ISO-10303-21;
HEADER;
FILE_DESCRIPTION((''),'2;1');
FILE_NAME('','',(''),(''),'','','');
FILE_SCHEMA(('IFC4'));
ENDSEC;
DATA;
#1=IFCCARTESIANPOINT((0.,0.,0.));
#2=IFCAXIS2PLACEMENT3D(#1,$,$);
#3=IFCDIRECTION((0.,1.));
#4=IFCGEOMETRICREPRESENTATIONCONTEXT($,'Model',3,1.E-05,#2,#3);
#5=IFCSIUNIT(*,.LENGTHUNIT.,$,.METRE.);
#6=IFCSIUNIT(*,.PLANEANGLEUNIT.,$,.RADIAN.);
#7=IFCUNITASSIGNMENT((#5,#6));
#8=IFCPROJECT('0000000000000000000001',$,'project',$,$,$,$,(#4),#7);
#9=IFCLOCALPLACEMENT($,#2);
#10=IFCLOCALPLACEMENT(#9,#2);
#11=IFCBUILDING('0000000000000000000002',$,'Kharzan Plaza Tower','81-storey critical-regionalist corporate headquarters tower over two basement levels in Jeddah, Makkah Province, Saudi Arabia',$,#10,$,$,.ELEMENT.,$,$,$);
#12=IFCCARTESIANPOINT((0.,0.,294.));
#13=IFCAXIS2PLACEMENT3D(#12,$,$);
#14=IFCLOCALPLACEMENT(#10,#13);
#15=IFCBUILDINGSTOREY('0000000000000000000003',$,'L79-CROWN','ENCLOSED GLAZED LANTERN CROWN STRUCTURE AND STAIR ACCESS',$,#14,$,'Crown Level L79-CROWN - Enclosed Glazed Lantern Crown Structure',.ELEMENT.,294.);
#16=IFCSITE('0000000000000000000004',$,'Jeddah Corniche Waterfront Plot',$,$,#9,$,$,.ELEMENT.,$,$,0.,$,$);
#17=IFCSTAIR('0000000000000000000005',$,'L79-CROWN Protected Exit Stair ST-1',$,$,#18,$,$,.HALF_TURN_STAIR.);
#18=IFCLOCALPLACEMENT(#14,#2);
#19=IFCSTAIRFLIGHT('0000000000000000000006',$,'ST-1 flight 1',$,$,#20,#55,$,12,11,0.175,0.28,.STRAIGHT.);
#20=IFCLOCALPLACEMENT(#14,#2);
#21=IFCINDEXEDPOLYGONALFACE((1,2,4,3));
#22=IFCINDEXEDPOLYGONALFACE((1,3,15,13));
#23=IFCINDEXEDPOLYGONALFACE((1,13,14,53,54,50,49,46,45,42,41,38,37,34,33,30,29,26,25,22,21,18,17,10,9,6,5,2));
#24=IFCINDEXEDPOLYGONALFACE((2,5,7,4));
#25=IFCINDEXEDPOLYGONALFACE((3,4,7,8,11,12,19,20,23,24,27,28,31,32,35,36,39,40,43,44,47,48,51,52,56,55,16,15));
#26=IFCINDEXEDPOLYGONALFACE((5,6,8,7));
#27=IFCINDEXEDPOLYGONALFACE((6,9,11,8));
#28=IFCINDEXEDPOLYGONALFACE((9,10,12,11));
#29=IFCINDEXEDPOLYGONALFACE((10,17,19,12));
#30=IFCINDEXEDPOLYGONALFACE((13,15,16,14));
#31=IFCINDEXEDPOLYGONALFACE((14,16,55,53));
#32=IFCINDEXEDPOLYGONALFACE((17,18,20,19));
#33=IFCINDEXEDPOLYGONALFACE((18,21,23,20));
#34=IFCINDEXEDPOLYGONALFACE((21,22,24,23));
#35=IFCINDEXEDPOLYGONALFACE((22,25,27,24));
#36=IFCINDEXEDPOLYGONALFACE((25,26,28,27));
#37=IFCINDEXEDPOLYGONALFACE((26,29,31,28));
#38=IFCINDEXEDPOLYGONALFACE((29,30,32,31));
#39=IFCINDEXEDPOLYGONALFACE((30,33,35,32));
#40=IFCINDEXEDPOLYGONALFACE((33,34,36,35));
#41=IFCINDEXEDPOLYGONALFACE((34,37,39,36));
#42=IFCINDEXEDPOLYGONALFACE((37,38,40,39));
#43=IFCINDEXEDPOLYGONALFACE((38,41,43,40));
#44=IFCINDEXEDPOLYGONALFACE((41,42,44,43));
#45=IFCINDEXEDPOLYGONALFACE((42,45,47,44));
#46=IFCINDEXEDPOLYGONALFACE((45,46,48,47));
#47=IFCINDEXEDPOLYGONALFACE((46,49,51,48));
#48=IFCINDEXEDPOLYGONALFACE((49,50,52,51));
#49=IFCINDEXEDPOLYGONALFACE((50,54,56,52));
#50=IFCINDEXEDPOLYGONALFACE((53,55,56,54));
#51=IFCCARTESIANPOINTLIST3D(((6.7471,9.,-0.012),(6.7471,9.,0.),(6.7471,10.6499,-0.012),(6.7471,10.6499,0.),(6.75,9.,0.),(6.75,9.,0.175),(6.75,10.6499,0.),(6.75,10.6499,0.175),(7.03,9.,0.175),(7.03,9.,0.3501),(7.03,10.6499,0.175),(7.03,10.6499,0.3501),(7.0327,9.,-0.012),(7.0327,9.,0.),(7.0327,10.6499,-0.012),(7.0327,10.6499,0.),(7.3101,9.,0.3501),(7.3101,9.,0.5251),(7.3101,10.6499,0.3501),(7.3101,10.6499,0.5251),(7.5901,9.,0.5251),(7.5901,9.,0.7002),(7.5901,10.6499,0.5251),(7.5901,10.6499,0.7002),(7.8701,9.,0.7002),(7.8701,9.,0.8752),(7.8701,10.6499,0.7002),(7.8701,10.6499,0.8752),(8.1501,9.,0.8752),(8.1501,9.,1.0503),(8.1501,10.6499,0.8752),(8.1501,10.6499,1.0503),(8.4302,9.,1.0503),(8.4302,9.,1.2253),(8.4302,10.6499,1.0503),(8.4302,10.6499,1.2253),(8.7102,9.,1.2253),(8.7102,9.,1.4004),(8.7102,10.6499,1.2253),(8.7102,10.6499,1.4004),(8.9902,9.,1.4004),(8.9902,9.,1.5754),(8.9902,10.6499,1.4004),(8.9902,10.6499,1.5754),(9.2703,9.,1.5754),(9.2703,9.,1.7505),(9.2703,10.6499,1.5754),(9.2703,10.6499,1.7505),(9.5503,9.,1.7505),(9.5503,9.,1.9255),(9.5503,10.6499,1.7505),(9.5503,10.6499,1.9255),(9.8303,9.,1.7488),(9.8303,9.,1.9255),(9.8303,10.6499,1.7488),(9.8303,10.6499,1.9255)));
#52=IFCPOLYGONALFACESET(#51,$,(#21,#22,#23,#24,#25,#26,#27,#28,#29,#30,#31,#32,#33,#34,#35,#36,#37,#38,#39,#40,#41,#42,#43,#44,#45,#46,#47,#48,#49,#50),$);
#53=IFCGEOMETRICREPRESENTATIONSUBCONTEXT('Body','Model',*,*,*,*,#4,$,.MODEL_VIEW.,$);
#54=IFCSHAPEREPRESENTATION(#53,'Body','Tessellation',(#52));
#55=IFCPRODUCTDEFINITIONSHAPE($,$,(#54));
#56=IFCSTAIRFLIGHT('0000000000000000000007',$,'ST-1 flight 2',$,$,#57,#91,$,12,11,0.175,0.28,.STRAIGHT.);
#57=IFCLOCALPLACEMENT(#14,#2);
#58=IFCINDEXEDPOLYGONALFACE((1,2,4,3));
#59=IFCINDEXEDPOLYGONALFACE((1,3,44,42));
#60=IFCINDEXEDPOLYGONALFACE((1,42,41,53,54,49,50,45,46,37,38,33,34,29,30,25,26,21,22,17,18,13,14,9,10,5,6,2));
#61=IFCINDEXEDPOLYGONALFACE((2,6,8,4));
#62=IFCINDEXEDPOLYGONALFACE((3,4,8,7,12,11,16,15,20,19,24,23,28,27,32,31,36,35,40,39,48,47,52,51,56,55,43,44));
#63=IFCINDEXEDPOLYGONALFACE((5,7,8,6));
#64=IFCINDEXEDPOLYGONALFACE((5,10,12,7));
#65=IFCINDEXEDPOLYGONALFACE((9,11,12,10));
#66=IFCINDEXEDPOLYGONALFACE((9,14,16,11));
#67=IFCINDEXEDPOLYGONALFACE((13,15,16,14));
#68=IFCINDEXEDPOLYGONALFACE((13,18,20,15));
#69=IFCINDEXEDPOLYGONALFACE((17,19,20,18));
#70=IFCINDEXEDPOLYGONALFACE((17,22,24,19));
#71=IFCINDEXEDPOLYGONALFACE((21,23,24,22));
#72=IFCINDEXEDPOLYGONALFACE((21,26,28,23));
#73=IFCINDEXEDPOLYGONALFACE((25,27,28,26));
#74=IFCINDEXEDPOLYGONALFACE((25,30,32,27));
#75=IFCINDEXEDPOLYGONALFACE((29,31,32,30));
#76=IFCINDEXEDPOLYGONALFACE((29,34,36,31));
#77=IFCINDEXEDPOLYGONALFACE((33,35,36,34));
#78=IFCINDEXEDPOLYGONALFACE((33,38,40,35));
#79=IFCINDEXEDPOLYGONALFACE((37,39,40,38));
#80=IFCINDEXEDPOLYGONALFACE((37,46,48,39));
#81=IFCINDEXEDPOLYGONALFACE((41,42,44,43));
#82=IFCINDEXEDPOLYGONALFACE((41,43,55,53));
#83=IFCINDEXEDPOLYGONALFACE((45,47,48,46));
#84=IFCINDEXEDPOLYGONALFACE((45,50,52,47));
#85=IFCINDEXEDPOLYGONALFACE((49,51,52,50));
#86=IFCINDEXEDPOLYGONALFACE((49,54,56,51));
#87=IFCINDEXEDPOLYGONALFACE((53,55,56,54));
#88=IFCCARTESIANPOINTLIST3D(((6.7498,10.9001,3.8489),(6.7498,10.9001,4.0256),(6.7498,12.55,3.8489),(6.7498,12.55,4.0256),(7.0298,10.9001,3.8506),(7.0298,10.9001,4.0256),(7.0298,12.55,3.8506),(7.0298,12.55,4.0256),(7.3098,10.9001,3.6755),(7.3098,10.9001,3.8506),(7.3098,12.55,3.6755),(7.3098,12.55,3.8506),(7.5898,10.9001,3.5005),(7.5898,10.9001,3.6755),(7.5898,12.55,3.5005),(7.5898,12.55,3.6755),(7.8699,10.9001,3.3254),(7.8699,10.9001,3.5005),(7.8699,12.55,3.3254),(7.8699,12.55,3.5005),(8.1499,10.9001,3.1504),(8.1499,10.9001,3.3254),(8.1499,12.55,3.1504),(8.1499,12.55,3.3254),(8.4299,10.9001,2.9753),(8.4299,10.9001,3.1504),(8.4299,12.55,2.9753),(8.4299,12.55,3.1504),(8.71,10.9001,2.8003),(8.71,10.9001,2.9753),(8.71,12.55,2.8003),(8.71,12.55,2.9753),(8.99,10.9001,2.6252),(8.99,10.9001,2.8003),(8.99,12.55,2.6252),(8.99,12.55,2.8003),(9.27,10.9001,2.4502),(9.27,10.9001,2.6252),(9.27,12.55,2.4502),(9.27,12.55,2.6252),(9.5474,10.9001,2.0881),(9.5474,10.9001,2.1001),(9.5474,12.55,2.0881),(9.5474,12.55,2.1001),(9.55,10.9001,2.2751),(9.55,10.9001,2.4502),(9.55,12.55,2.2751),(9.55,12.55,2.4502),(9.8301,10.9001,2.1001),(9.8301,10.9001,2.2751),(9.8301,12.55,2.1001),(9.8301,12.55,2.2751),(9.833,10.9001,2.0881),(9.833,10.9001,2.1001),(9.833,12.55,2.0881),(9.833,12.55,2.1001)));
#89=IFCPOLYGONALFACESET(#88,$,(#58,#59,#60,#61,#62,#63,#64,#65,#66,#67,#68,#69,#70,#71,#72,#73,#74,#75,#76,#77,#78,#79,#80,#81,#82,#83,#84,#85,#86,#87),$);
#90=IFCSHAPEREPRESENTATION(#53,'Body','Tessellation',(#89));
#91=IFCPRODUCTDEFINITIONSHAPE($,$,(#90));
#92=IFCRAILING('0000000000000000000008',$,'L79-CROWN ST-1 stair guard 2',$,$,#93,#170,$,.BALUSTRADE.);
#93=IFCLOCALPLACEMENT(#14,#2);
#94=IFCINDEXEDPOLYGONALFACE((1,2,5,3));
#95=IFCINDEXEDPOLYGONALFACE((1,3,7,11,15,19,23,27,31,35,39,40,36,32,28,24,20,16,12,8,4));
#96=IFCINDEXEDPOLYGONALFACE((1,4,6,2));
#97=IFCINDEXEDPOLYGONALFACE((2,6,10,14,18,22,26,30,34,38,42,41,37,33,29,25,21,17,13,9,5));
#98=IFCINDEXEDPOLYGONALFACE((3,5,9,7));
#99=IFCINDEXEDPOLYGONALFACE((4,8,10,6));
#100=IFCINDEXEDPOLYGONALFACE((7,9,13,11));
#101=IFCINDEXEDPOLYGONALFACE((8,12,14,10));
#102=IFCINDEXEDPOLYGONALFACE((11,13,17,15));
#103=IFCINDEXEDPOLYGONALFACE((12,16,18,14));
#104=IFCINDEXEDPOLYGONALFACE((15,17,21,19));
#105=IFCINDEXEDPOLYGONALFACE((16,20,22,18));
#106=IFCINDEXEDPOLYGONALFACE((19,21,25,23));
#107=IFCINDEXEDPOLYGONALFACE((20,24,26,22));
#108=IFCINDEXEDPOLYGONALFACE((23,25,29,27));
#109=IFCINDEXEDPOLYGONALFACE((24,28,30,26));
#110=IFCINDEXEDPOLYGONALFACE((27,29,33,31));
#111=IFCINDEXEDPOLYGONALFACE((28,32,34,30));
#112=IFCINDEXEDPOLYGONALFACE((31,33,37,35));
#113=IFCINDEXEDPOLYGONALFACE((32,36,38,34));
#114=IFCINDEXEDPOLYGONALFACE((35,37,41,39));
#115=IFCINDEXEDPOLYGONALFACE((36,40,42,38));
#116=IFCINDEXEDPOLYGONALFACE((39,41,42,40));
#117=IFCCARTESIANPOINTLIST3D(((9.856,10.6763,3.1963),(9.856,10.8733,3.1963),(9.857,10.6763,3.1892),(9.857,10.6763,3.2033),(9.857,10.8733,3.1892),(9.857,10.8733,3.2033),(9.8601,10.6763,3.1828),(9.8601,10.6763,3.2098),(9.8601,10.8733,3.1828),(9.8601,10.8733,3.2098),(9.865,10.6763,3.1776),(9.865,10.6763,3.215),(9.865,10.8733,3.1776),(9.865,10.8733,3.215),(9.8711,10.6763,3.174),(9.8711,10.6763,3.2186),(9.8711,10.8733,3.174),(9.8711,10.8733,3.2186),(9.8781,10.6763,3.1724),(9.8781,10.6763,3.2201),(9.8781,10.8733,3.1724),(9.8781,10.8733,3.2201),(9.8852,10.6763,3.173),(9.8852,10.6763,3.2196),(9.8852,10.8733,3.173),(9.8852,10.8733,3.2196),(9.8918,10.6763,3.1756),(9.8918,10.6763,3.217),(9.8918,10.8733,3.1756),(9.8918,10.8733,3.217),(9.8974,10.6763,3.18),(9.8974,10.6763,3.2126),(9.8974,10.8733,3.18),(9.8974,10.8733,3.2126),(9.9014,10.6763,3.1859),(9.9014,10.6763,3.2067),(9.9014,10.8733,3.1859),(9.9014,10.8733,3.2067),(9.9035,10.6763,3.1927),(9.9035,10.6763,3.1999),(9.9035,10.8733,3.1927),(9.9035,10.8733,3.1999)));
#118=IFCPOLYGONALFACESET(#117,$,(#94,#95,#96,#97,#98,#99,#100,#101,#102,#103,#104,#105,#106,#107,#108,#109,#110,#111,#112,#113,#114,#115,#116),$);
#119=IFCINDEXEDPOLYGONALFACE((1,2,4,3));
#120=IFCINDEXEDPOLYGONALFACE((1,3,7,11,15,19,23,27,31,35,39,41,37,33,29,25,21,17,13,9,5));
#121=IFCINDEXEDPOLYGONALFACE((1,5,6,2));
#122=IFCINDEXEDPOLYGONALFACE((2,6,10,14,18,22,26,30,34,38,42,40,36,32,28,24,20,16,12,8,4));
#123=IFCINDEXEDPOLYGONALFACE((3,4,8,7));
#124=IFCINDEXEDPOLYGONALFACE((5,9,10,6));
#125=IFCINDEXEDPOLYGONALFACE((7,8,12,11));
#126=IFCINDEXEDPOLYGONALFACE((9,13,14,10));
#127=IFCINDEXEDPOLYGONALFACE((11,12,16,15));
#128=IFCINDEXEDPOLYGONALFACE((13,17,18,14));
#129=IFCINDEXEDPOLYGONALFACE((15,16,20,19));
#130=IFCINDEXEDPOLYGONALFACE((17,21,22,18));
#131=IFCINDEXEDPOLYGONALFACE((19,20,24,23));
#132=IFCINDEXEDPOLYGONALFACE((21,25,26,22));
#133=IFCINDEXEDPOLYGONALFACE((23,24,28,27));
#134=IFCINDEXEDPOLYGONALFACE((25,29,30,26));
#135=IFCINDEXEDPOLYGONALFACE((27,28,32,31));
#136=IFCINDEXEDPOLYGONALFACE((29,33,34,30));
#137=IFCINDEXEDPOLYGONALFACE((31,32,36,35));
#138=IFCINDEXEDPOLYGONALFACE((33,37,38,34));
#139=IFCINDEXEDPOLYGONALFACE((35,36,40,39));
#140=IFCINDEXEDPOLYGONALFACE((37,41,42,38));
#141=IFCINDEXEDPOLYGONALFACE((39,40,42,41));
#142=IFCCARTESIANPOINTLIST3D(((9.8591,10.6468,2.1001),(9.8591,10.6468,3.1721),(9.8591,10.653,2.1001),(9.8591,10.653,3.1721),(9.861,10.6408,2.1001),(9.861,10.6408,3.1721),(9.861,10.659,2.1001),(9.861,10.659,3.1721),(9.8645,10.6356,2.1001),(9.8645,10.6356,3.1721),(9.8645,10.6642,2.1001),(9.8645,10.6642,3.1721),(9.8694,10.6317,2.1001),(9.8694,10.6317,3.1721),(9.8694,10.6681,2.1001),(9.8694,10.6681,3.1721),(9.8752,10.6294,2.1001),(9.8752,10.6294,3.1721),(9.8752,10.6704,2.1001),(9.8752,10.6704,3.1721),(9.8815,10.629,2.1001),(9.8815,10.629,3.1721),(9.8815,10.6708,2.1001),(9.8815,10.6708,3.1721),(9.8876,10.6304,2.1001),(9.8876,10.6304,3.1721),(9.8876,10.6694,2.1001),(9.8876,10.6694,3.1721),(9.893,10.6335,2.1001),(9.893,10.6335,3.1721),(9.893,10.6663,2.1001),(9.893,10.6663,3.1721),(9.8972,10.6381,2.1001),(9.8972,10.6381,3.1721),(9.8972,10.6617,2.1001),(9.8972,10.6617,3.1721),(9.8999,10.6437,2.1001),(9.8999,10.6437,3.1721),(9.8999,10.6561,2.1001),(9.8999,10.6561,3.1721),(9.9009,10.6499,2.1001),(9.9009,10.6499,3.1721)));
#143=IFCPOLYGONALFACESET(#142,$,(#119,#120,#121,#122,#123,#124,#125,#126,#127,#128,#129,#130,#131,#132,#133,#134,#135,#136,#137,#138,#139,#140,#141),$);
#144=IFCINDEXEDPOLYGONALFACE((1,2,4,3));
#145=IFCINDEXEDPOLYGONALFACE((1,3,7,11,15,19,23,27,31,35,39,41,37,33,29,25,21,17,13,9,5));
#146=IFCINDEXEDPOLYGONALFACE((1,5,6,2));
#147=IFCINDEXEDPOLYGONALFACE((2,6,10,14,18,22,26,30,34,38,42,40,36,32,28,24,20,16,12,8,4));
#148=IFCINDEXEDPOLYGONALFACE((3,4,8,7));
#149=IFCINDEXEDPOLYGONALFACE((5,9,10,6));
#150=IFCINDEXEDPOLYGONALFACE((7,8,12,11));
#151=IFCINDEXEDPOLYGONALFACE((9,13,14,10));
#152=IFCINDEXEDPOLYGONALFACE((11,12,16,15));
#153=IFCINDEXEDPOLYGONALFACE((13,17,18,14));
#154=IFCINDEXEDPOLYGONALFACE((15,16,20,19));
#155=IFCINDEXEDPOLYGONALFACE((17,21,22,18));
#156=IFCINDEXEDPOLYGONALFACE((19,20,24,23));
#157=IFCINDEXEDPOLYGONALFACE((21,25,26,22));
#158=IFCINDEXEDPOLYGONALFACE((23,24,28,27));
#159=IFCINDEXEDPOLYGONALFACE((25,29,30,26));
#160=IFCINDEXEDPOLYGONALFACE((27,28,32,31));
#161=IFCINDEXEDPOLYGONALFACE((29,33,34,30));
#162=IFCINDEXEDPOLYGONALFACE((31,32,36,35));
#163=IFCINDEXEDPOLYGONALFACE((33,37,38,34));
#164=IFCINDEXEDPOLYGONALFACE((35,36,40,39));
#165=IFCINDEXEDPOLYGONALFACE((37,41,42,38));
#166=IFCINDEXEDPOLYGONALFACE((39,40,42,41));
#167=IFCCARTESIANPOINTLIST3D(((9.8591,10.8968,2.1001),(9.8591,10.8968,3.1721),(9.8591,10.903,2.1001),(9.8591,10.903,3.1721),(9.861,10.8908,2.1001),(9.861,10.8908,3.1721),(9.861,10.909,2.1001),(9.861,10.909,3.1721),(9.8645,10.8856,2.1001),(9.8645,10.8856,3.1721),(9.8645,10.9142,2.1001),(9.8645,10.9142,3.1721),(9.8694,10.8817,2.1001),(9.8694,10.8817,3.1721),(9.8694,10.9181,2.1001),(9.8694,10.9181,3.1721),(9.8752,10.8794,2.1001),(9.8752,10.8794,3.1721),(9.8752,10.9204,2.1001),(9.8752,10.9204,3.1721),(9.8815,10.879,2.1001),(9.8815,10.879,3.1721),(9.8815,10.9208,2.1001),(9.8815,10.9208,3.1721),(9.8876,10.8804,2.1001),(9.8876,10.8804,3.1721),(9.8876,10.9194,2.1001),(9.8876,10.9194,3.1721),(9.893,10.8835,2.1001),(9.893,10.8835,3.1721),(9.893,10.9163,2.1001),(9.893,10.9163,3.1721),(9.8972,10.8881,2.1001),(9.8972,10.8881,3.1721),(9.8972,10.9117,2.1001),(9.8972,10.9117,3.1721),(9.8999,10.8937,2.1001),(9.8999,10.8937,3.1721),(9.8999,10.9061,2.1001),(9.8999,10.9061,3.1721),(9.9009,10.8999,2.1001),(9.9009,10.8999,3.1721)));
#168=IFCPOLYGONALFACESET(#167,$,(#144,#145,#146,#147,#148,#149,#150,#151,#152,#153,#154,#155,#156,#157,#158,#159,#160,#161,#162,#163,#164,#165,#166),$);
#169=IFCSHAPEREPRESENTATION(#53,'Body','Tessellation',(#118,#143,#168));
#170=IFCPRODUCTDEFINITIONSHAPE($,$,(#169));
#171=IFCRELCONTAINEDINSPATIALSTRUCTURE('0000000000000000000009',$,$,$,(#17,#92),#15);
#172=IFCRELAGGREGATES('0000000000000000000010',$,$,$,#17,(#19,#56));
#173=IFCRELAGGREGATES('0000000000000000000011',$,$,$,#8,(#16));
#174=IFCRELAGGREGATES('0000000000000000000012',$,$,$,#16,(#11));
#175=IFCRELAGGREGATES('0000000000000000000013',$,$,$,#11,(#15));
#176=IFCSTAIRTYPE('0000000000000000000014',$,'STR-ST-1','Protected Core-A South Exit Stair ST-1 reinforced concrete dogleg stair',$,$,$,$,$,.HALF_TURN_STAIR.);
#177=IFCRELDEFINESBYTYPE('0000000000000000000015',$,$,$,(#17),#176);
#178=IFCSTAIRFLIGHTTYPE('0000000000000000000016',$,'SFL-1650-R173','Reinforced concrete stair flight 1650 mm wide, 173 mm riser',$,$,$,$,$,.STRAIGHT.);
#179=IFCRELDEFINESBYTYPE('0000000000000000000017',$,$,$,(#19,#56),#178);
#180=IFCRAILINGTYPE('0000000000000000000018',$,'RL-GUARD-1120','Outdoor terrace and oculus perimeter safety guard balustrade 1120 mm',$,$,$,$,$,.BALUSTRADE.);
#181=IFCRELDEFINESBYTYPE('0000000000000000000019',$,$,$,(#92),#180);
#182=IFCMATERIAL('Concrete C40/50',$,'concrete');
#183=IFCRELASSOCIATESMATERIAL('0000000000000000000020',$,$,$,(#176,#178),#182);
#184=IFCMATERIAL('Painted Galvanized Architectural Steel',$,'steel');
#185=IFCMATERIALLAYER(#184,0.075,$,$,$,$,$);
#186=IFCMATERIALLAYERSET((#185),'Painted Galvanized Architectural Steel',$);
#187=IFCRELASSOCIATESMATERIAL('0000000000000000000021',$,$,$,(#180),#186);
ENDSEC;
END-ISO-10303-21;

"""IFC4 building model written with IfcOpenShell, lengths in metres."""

from ifc_helpers import new_model, si_unit, direction, frame, origin, origin_2d, place, context, subcontext, project, spatial, polyline, circle, outline, extrude, source, transform, mapped, material, layer, layer_set, type_object, element, aggregate, save


model = new_model("IFC4")

# Units and contexts
model_context = context("Model", 3, precision=1e-05, world=origin(), true_north=direction((0.0, 1.0)))
body_context = subcontext(model_context, "Body", "Model", "MODEL_VIEW")
ifc_project = project(units=[si_unit("LENGTHUNIT", "METRE"), si_unit("PLANEANGLEUNIT", "RADIAN")], contexts=[model_context])

# Site, building, storey
site_placement = place(None, origin())
site = spatial("IfcSite", under=ifc_project, at=site_placement, Name="Jeddah Corniche Waterfront Plot", CompositionType="ELEMENT", RefElevation=0.0)
building_placement = place(site_placement, origin())
building = spatial("IfcBuilding", under=site, at=building_placement, Name="Kharzan Plaza Tower", Description="81-storey critical-regionalist corporate headquarters tower over two basement levels in Jeddah, Makkah Province, Saudi Arabia", CompositionType="ELEMENT")
storey_placement = place(building_placement, frame((0.0, 0.0, 294.0)))
storey = spatial("IfcBuildingStorey", under=building, at=storey_placement, Name="L79-CROWN", Description="ENCLOSED GLAZED LANTERN CROWN STRUCTURE AND STAIR ACCESS", LongName="Crown Level L79-CROWN - Enclosed Glazed Lantern Crown Structure", CompositionType="ELEMENT", Elevation=294.0)

# Shared definitions
ifc_material_1 = material(Name="Concrete C40/50", Category="concrete")

# Stair, stair flights
stair_type = type_object("IfcStairType", Name="STR-ST-1", Description="Protected Core-A South Exit Stair ST-1 reinforced concrete dogleg stair", PredefinedType="HALF_TURN_STAIR", material=ifc_material_1)
stair_placement = place(storey_placement, origin())
stair = element("IfcStair", 1, at=stair_placement, inside=storey, type_object=stair_type, Name="L79-CROWN Protected Exit Stair ST-1", PredefinedType="HALF_TURN_STAIR")
stair_flight_type = type_object("IfcStairFlightType", Name="SFL-1650-R173", Description="Reinforced concrete stair flight 1650 mm wide, 173 mm riser", PredefinedType="STRAIGHT", material=ifc_material_1)
shared_shape_1 = source(origin(), body_context, "Body", "SweptSolid", [
    extrude(outline(polyline([(-0.0029, -0.012), (-0.0029, 0.0), (0.0, 0.0), (0.0, 0.175), (0.28, 0.175), (0.28, 0.3501), (0.5601, 0.3501), (0.5601, 0.5251), (0.8401, 0.5251), (0.8401, 0.7002), (1.1201, 0.7002), (1.1201, 0.8752), (1.4001, 0.8752), (1.4001, 1.0503), (1.6802, 1.0503), (1.6802, 1.2253), (1.9602, 1.2253), (1.9602, 1.4004), (2.2402, 1.4004), (2.2402, 1.5754), (2.5203, 1.5754), (2.5203, 1.7505), (2.8003, 1.7505), (2.8003, 1.9255), (3.0803, 1.9255), (3.0803, 2.1006), (3.0803, 1.7488), (0.2827, 0.0), (0.2827, -0.012), (-0.0029, -0.012)])), frame((0.0, 0.825, 0.0), z_axis=(0.0, -1.0, 0.0), x_axis=(1.0, 0.0, 0.0)), (0.0, 0.0, 1.0), 1.6499),
])
stair_flight_1_placement = place(storey_placement, frame((6.75, 9.825, 0.0), z_axis=(0.0, 0.0, 1.0), x_axis=(1.0, 0.0, 0.0)))
stair_flight_1 = element("IfcStairFlight", 2, at=stair_flight_1_placement, type_object=stair_flight_type, Name="ST-1 flight 1", NumberOfRisers=12, NumberOfTreads=11, PredefinedType="STRAIGHT", RiserHeight=0.175, TreadLength=0.28, context=body_context, shape_type="MappedRepresentation", body=[
    mapped(shared_shape_1, transform((0.0, 0.0, 0.0), x_axis=(1.0, 0.0, 0.0), y_axis=(0.0, 1.0, 0.0), z_axis=(0.0, 0.0, 1.0))),
])
stair_flight_2_placement = place(storey_placement, frame((9.8301, 11.7251, 2.1001), z_axis=(0.0, 0.0, 1.0), x_axis=(-1.0, 0.0, 0.0)))
stair_flight_2 = element("IfcStairFlight", 3, at=stair_flight_2_placement, type_object=stair_flight_type, Name="ST-1 flight 2", NumberOfRisers=12, NumberOfTreads=11, PredefinedType="STRAIGHT", RiserHeight=0.175, TreadLength=0.28, context=body_context, shape_type="MappedRepresentation", body=[
    mapped(shared_shape_1, transform((0.0, 0.0, 0.0), x_axis=(1.0, 0.0, 0.0), y_axis=(0.0, 1.0, 0.0), z_axis=(0.0, 0.0, 1.0))),
])
aggregate(stair, [stair_flight_1, stair_flight_2])

# Railing
ifc_material_2 = material(Name="Painted Galvanized Architectural Steel", Category="steel")
ifc_layer_1 = layer(ifc_material_2, 0.075)
ifc_layer_set_1 = layer_set([ifc_layer_1], Name="Painted Galvanized Architectural Steel")
railing_type_1 = type_object("IfcRailingType", Name="RL-GUARD-1120", Description="Outdoor terrace and oculus perimeter safety guard balustrade 1120 mm", PredefinedType="BALUSTRADE", material=ifc_layer_set_1)
shared_shape_2 = source(origin(), body_context, "Body", "SweptSolid", [
    extrude(circle(Radius=0.0239, at=origin_2d()), frame((0.0, 0.0264, 1.0962), z_axis=(0.0, 1.0, 0.0), x_axis=(-1.0, 0.0, 0.0)), (0.0, 0.0, 1.0), 0.197),
    extrude(circle(Radius=0.021, at=origin_2d()), origin(), (0.0, 0.0, 1.0), 1.072),
    extrude(circle(Radius=0.021, at=origin_2d()), frame((0.0, 0.25, 0.0)), (0.0, 0.0, 1.0), 1.072),
])
for number, where, name in (
    (4, (9.8799, 10.6499, 2.1001), "L79-CROWN ST-1 stair guard 2"),
):
    element("IfcRailing", number, at=place(storey_placement, frame(where)), inside=storey, type_object=railing_type_1, Name=name, PredefinedType="BALUSTRADE", context=body_context, shape_type="MappedRepresentation", body=[
        mapped(shared_shape_2, transform((0.0, 0.0, 0.0), x_axis=(1.0, 0.0, 0.0), y_axis=(0.0, 1.0, 0.0), z_axis=(0.0, 0.0, 1.0))),
    ])

save(model, "model.ifc")
